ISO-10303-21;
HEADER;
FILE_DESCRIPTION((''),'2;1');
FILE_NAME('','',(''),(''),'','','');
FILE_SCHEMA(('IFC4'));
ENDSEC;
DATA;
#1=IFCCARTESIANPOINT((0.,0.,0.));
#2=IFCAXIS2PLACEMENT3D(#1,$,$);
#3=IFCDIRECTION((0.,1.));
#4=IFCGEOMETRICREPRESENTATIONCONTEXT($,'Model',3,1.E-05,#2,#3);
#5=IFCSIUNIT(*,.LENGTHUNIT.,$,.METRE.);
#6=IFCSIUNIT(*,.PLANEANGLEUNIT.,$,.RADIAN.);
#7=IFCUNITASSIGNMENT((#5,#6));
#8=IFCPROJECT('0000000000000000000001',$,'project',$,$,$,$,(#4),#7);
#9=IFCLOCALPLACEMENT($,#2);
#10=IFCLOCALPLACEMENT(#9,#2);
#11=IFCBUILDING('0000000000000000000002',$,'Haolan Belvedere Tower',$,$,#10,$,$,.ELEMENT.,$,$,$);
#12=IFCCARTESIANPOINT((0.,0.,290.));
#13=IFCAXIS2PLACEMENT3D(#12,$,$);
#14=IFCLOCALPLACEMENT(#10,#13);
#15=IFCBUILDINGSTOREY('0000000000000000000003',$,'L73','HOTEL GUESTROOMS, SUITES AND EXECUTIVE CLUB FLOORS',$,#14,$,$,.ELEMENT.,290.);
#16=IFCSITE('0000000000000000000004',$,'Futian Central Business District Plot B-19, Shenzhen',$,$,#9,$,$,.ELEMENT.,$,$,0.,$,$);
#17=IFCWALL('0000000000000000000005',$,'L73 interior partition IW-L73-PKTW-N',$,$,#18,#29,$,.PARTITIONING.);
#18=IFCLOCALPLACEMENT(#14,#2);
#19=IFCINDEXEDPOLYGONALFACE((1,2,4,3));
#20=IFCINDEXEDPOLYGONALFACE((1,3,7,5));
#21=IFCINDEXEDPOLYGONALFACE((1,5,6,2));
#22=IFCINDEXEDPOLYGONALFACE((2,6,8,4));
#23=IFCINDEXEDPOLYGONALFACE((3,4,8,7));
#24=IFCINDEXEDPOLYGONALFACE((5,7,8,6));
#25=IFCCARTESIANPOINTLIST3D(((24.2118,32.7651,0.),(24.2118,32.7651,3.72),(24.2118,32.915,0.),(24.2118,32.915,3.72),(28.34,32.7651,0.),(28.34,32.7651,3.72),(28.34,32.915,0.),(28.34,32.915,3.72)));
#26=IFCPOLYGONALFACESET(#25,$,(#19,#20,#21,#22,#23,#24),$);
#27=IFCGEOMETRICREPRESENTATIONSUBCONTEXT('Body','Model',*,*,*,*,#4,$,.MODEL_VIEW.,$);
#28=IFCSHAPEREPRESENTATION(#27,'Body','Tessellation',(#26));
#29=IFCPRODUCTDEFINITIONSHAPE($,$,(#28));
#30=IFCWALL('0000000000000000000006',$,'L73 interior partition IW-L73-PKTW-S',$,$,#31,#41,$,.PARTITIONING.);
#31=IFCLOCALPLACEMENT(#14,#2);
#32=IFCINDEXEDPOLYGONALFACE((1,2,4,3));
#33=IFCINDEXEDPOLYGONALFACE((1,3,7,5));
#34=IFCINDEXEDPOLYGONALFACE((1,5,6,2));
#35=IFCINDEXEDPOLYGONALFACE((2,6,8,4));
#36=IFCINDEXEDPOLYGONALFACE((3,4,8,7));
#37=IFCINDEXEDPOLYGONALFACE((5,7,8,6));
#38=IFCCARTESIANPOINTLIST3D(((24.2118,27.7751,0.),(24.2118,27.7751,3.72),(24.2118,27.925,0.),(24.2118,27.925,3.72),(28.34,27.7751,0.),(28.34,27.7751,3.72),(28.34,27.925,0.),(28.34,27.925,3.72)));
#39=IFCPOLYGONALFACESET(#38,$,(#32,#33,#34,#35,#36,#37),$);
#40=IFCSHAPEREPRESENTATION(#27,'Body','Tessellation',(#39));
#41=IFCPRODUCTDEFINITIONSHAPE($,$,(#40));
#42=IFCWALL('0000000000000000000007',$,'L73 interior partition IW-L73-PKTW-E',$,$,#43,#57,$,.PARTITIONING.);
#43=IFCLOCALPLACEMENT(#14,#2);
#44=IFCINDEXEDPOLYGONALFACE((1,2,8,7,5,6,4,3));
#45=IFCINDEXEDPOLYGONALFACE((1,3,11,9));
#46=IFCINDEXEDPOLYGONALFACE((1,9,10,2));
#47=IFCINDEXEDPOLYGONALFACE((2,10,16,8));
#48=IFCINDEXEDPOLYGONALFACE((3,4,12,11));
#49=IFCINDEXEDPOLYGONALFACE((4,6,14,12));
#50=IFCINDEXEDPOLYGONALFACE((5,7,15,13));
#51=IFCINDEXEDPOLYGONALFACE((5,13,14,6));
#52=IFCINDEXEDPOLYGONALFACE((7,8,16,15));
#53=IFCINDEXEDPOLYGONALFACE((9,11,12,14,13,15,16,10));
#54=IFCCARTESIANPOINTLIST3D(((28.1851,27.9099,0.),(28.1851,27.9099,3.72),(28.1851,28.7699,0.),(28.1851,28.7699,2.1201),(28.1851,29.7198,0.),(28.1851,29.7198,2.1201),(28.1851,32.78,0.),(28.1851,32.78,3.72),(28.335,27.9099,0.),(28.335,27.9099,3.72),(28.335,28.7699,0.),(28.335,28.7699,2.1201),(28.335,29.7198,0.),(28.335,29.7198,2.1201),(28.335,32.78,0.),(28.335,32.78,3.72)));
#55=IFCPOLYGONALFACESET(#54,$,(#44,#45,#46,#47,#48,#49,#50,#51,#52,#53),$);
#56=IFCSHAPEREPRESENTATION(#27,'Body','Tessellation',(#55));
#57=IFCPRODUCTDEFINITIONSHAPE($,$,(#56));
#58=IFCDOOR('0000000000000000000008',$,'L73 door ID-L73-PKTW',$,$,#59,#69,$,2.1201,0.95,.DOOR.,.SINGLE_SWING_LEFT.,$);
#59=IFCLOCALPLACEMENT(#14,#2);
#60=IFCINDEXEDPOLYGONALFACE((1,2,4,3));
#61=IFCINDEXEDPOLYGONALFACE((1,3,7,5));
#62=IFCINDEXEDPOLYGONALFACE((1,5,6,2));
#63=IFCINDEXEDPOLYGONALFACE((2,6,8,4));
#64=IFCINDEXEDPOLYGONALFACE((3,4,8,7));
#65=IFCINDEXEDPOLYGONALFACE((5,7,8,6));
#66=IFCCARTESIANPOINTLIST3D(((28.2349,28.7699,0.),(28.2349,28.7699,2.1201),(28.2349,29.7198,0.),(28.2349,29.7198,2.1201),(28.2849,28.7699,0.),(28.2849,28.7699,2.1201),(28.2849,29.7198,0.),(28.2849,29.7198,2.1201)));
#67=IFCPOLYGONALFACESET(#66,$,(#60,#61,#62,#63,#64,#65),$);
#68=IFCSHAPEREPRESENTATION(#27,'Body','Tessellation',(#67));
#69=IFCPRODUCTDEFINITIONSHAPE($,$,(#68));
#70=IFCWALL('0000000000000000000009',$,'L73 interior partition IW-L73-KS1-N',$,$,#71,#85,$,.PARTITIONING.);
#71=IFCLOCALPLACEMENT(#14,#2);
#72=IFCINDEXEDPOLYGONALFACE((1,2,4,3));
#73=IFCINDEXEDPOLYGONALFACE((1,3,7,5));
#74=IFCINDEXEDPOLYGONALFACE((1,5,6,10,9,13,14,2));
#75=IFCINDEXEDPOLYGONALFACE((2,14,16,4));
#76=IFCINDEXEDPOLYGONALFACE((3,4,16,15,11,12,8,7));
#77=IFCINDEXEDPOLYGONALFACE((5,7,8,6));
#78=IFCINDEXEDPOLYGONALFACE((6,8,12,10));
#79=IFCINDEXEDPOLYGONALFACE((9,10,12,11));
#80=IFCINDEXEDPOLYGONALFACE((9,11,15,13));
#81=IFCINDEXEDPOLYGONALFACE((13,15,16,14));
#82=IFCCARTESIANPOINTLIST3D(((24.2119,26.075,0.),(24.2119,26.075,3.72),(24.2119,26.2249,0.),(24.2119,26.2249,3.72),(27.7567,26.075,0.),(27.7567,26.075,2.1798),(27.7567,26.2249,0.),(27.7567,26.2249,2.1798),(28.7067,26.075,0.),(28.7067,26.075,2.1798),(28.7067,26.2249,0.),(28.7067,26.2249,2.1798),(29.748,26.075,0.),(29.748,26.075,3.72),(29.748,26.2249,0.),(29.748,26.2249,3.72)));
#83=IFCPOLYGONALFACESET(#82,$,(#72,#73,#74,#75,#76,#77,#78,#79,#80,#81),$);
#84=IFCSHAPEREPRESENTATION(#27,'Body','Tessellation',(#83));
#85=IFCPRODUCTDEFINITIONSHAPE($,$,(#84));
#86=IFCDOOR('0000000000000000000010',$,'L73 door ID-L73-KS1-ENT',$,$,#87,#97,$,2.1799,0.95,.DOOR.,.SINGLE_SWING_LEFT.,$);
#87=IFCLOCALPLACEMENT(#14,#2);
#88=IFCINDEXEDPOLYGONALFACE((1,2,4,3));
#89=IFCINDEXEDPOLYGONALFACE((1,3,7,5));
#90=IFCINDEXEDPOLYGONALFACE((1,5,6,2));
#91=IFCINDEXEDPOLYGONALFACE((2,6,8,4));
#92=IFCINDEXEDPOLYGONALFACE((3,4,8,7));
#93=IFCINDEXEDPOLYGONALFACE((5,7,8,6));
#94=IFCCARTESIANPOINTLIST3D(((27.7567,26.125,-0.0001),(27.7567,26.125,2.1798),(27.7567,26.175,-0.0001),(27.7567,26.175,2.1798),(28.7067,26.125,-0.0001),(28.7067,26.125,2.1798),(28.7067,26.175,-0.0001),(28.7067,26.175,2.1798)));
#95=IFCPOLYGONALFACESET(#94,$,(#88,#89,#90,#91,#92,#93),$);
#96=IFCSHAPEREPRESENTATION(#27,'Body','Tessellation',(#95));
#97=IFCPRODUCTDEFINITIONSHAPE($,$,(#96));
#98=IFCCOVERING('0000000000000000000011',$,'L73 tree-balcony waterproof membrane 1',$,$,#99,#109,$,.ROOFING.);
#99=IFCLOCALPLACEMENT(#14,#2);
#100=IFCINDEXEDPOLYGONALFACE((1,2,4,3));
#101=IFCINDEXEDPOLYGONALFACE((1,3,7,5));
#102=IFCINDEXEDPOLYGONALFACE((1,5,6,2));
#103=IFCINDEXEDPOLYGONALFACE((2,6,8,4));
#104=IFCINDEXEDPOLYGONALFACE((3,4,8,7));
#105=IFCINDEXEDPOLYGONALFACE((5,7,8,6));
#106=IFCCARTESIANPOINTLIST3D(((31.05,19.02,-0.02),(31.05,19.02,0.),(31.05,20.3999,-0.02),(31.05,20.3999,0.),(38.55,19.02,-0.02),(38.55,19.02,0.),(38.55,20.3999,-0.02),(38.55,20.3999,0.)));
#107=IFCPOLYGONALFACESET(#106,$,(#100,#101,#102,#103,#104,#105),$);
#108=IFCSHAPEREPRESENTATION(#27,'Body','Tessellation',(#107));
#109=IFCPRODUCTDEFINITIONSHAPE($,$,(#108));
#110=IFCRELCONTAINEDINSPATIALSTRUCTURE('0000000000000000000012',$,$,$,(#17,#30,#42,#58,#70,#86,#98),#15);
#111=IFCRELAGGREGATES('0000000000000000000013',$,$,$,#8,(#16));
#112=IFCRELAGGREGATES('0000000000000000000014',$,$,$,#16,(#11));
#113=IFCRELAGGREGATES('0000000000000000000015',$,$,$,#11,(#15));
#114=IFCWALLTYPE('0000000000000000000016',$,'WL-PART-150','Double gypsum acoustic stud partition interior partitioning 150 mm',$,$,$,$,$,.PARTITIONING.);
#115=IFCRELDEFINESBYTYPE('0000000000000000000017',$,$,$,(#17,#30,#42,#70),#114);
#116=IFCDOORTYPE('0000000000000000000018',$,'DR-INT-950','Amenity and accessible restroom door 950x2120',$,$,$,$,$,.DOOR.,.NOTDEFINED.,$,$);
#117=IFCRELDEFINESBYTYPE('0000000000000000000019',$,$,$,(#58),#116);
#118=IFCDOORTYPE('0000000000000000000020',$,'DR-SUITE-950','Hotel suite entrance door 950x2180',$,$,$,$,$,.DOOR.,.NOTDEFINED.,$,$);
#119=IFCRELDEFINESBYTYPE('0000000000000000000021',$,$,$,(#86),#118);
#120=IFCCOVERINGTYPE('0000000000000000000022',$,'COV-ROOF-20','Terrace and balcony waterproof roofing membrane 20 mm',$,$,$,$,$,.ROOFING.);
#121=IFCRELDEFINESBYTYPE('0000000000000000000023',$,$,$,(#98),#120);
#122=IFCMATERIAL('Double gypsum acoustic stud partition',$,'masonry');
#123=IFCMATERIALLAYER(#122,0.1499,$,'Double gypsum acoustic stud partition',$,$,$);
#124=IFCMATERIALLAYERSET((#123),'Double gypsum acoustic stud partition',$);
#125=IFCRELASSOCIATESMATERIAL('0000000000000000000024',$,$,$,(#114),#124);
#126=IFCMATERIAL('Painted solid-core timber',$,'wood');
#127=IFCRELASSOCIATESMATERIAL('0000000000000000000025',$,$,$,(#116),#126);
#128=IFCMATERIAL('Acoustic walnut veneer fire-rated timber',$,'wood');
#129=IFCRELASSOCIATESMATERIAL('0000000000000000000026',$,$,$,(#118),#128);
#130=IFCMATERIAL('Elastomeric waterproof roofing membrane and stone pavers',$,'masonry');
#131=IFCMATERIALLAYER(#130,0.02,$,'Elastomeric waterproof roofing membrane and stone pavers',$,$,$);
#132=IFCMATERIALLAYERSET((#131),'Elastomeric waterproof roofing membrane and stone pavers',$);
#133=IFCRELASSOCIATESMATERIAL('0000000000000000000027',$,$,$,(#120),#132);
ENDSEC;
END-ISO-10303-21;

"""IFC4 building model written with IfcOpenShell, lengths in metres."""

from ifc_helpers import new_model, si_unit, direction, frame, frame_2d, origin, place, context, subcontext, project, spatial, polyline, rectangle, outline, extrude, material, layer, layer_set, type_object, element, fill, save


model = new_model("IFC4")

# Units and contexts
model_context = context("Model", 3, precision=1e-05, world=origin(), true_north=direction((0.0, 1.0)))
body_context = subcontext(model_context, "Body", "Model", "MODEL_VIEW")
ifc_project = project(units=[si_unit("LENGTHUNIT", "METRE"), si_unit("PLANEANGLEUNIT", "RADIAN")], contexts=[model_context])

# Site, building, storey
site_placement = place(None, origin())
site = spatial("IfcSite", under=ifc_project, at=site_placement, Name="Futian Central Business District Plot B-19, Shenzhen", CompositionType="ELEMENT", RefElevation=0.0)
building_placement = place(site_placement, origin())
building = spatial("IfcBuilding", under=site, at=building_placement, Name="Haolan Belvedere Tower", CompositionType="ELEMENT")
storey_placement = place(building_placement, frame((0.0, 0.0, 290.0)))
storey = spatial("IfcBuildingStorey", under=building, at=storey_placement, Name="L73", Description="HOTEL GUESTROOMS, SUITES AND EXECUTIVE CLUB FLOORS", CompositionType="ELEMENT", Elevation=290.0)

# Shared definitions
ifc_material_1 = material(Name="Double gypsum acoustic stud partition", Category="masonry")
ifc_layer_1 = layer(ifc_material_1, 0.1499, Name="Double gypsum acoustic stud partition")
ifc_layer_set_1 = layer_set([ifc_layer_1], Name="Double gypsum acoustic stud partition")
wall_type_1 = type_object("IfcWallType", Name="WL-PART-150", Description="Double gypsum acoustic stud partition interior partitioning 150 mm", PredefinedType="PARTITIONING", material=ifc_layer_set_1)

# Shared definitions
ifc_material_2 = material(Name="Painted solid-core timber", Category="wood")
door_type_1 = type_object("IfcDoorType", Name="DR-INT-950", Description="Amenity and accessible restroom door 950x2120", OperationType="NOTDEFINED", PredefinedType="DOOR", material=ifc_material_2)

# Walls
for number, where, z_axis, x_axis, name in (
    (1, (24.2119, 32.8401, 0.0), (0.0, 0.0, 1.0), (1.0, 0.0, 0.0), "L73 interior partition IW-L73-PKTW-N"),
    (2, (24.2119, 27.8501, 0.0), (0.0, 0.0, 1.0), (1.0, 0.0, 0.0), "L73 interior partition IW-L73-PKTW-S"),
):
    element("IfcWall", number, at=place(storey_placement, frame(where, z_axis=z_axis, x_axis=x_axis)), inside=storey, type_object=wall_type_1, Name=name, PredefinedType="PARTITIONING", context=body_context, shape_type="SweptSolid", body=[
        extrude(rectangle(XDim=4.1282, YDim=0.1499, at=frame_2d((2.064, 0.0))), origin(), (0.0, 0.0, 1.0), 3.72),
    ])

# Walls, openings, doors
wall_1_placement = place(storey_placement, frame((28.26, 27.9099, 0.0), z_axis=(0.0, 0.0, 1.0), x_axis=(0.0, 1.0, 0.0)))
wall_1 = element("IfcWall", 3, at=wall_1_placement, inside=storey, type_object=wall_type_1, Name="L73 interior partition IW-L73-PKTW-E", PredefinedType="PARTITIONING", context=body_context, shape_type="SweptSolid", body=[
    extrude(rectangle(XDim=4.8701, YDim=0.1499, at=frame_2d((2.4351, 0.0))), origin(), (0.0, 0.0, 1.0), 3.72),
])
opening_1_placement = place(wall_1_placement, frame((1.8101, 0.0, 0.0), z_axis=(0.0, 0.0, 1.0), x_axis=(-1.0, 0.0, 0.0)))
opening_1 = element("IfcOpeningElement", 4, at=opening_1_placement, cuts=wall_1, PredefinedType="OPENING", context=body_context, shape_type="SweptSolid", body=[
    extrude(rectangle(XDim=0.95, YDim=2.1201, at=frame_2d((0.4751, 1.0601))), frame((0.0, 0.085, 0.0), z_axis=(0.0, -1.0, 0.0), x_axis=(1.0, 0.0, 0.0)), (0.0, 0.0, 1.0), 0.1699),
])
door_1_placement = place(opening_1_placement, origin())
door_1 = element("IfcDoor", 5, at=door_1_placement, inside=storey, type_object=door_type_1, Name="L73 door ID-L73-PKTW", OperationType="SINGLE_SWING_LEFT", OverallHeight=2.1201, OverallWidth=0.95, PredefinedType="DOOR", context=body_context, shape_type="SweptSolid", body=[
    extrude(rectangle(XDim=0.95, YDim=2.1201, at=frame_2d((0.4751, 1.0601))), frame((0.0, 0.0249, 0.0), z_axis=(0.0, -1.0, 0.0), x_axis=(1.0, 0.0, 0.0)), (0.0, 0.0, 1.0), 0.05),
])
fill(opening_1, door_1)
wall_2_placement = place(storey_placement, frame((24.2119, 26.1499, 0.0), z_axis=(0.0, 0.0, 1.0), x_axis=(1.0, 0.0, 0.0)))
wall_2 = element("IfcWall", 6, at=wall_2_placement, inside=storey, type_object=wall_type_1, Name="L73 interior partition IW-L73-KS1-N", PredefinedType="PARTITIONING", context=body_context, shape_type="SweptSolid", body=[
    extrude(rectangle(XDim=5.5361, YDim=0.1499, at=frame_2d((2.7681, 0.0))), origin(), (0.0, 0.0, 1.0), 3.72),
])
opening_2_placement = place(wall_2_placement, frame((4.4949, 0.0, 0.0), z_axis=(0.0, 0.0, 1.0), x_axis=(-1.0, 0.0, 0.0)))
opening_2 = element("IfcOpeningElement", 7, at=opening_2_placement, cuts=wall_2, PredefinedType="OPENING", context=body_context, shape_type="SweptSolid", body=[
    extrude(rectangle(XDim=0.95, YDim=2.1799, at=frame_2d((0.4751, 1.0898))), frame((0.0, 0.085, 0.0), z_axis=(0.0, -1.0, 0.0), x_axis=(1.0, 0.0, 0.0)), (0.0, 0.0, 1.0), 0.1699),
])
ifc_material_3 = material(Name="Acoustic walnut veneer fire-rated timber", Category="wood")
door_type_2 = type_object("IfcDoorType", Name="DR-SUITE-950", Description="Hotel suite entrance door 950x2180", OperationType="NOTDEFINED", PredefinedType="DOOR", material=ifc_material_3)
door_2_placement = place(opening_2_placement, origin())
door_2 = element("IfcDoor", 8, at=door_2_placement, inside=storey, type_object=door_type_2, Name="L73 door ID-L73-KS1-ENT", OperationType="SINGLE_SWING_LEFT", OverallHeight=2.1799, OverallWidth=0.95, PredefinedType="DOOR", context=body_context, shape_type="SweptSolid", body=[
    extrude(rectangle(XDim=0.95, YDim=2.1799, at=frame_2d((0.4751, 1.0898))), frame((0.0, 0.0249, 0.0), z_axis=(0.0, -1.0, 0.0), x_axis=(1.0, 0.0, 0.0)), (0.0, 0.0, 1.0), 0.05),
])
fill(opening_2, door_2)

# Covering
ifc_material_4 = material(Name="Elastomeric waterproof roofing membrane and stone pavers", Category="masonry")
ifc_layer_2 = layer(ifc_material_4, 0.02, Name="Elastomeric waterproof roofing membrane and stone pavers")
ifc_layer_set_2 = layer_set([ifc_layer_2], Name="Elastomeric waterproof roofing membrane and stone pavers")
covering_type = type_object("IfcCoveringType", Name="COV-ROOF-20", Description="Terrace and balcony waterproof roofing membrane 20 mm", PredefinedType="ROOFING", material=ifc_layer_set_2)
covering_placement = place(storey_placement, frame((0.0, 0.0, -0.02)))
element("IfcCovering", 9, at=covering_placement, inside=storey, type_object=covering_type, Name="L73 tree-balcony waterproof membrane 1", PredefinedType="ROOFING", context=body_context, shape_type="SweptSolid", body=[
    extrude(outline(polyline([(31.05, 19.02), (38.55, 19.02), (38.55, 20.3999), (31.05, 20.3999), (31.05, 19.02)])), origin(), (0.0, 0.0, 1.0), 0.02),
])

save(model, "model.ifc")
